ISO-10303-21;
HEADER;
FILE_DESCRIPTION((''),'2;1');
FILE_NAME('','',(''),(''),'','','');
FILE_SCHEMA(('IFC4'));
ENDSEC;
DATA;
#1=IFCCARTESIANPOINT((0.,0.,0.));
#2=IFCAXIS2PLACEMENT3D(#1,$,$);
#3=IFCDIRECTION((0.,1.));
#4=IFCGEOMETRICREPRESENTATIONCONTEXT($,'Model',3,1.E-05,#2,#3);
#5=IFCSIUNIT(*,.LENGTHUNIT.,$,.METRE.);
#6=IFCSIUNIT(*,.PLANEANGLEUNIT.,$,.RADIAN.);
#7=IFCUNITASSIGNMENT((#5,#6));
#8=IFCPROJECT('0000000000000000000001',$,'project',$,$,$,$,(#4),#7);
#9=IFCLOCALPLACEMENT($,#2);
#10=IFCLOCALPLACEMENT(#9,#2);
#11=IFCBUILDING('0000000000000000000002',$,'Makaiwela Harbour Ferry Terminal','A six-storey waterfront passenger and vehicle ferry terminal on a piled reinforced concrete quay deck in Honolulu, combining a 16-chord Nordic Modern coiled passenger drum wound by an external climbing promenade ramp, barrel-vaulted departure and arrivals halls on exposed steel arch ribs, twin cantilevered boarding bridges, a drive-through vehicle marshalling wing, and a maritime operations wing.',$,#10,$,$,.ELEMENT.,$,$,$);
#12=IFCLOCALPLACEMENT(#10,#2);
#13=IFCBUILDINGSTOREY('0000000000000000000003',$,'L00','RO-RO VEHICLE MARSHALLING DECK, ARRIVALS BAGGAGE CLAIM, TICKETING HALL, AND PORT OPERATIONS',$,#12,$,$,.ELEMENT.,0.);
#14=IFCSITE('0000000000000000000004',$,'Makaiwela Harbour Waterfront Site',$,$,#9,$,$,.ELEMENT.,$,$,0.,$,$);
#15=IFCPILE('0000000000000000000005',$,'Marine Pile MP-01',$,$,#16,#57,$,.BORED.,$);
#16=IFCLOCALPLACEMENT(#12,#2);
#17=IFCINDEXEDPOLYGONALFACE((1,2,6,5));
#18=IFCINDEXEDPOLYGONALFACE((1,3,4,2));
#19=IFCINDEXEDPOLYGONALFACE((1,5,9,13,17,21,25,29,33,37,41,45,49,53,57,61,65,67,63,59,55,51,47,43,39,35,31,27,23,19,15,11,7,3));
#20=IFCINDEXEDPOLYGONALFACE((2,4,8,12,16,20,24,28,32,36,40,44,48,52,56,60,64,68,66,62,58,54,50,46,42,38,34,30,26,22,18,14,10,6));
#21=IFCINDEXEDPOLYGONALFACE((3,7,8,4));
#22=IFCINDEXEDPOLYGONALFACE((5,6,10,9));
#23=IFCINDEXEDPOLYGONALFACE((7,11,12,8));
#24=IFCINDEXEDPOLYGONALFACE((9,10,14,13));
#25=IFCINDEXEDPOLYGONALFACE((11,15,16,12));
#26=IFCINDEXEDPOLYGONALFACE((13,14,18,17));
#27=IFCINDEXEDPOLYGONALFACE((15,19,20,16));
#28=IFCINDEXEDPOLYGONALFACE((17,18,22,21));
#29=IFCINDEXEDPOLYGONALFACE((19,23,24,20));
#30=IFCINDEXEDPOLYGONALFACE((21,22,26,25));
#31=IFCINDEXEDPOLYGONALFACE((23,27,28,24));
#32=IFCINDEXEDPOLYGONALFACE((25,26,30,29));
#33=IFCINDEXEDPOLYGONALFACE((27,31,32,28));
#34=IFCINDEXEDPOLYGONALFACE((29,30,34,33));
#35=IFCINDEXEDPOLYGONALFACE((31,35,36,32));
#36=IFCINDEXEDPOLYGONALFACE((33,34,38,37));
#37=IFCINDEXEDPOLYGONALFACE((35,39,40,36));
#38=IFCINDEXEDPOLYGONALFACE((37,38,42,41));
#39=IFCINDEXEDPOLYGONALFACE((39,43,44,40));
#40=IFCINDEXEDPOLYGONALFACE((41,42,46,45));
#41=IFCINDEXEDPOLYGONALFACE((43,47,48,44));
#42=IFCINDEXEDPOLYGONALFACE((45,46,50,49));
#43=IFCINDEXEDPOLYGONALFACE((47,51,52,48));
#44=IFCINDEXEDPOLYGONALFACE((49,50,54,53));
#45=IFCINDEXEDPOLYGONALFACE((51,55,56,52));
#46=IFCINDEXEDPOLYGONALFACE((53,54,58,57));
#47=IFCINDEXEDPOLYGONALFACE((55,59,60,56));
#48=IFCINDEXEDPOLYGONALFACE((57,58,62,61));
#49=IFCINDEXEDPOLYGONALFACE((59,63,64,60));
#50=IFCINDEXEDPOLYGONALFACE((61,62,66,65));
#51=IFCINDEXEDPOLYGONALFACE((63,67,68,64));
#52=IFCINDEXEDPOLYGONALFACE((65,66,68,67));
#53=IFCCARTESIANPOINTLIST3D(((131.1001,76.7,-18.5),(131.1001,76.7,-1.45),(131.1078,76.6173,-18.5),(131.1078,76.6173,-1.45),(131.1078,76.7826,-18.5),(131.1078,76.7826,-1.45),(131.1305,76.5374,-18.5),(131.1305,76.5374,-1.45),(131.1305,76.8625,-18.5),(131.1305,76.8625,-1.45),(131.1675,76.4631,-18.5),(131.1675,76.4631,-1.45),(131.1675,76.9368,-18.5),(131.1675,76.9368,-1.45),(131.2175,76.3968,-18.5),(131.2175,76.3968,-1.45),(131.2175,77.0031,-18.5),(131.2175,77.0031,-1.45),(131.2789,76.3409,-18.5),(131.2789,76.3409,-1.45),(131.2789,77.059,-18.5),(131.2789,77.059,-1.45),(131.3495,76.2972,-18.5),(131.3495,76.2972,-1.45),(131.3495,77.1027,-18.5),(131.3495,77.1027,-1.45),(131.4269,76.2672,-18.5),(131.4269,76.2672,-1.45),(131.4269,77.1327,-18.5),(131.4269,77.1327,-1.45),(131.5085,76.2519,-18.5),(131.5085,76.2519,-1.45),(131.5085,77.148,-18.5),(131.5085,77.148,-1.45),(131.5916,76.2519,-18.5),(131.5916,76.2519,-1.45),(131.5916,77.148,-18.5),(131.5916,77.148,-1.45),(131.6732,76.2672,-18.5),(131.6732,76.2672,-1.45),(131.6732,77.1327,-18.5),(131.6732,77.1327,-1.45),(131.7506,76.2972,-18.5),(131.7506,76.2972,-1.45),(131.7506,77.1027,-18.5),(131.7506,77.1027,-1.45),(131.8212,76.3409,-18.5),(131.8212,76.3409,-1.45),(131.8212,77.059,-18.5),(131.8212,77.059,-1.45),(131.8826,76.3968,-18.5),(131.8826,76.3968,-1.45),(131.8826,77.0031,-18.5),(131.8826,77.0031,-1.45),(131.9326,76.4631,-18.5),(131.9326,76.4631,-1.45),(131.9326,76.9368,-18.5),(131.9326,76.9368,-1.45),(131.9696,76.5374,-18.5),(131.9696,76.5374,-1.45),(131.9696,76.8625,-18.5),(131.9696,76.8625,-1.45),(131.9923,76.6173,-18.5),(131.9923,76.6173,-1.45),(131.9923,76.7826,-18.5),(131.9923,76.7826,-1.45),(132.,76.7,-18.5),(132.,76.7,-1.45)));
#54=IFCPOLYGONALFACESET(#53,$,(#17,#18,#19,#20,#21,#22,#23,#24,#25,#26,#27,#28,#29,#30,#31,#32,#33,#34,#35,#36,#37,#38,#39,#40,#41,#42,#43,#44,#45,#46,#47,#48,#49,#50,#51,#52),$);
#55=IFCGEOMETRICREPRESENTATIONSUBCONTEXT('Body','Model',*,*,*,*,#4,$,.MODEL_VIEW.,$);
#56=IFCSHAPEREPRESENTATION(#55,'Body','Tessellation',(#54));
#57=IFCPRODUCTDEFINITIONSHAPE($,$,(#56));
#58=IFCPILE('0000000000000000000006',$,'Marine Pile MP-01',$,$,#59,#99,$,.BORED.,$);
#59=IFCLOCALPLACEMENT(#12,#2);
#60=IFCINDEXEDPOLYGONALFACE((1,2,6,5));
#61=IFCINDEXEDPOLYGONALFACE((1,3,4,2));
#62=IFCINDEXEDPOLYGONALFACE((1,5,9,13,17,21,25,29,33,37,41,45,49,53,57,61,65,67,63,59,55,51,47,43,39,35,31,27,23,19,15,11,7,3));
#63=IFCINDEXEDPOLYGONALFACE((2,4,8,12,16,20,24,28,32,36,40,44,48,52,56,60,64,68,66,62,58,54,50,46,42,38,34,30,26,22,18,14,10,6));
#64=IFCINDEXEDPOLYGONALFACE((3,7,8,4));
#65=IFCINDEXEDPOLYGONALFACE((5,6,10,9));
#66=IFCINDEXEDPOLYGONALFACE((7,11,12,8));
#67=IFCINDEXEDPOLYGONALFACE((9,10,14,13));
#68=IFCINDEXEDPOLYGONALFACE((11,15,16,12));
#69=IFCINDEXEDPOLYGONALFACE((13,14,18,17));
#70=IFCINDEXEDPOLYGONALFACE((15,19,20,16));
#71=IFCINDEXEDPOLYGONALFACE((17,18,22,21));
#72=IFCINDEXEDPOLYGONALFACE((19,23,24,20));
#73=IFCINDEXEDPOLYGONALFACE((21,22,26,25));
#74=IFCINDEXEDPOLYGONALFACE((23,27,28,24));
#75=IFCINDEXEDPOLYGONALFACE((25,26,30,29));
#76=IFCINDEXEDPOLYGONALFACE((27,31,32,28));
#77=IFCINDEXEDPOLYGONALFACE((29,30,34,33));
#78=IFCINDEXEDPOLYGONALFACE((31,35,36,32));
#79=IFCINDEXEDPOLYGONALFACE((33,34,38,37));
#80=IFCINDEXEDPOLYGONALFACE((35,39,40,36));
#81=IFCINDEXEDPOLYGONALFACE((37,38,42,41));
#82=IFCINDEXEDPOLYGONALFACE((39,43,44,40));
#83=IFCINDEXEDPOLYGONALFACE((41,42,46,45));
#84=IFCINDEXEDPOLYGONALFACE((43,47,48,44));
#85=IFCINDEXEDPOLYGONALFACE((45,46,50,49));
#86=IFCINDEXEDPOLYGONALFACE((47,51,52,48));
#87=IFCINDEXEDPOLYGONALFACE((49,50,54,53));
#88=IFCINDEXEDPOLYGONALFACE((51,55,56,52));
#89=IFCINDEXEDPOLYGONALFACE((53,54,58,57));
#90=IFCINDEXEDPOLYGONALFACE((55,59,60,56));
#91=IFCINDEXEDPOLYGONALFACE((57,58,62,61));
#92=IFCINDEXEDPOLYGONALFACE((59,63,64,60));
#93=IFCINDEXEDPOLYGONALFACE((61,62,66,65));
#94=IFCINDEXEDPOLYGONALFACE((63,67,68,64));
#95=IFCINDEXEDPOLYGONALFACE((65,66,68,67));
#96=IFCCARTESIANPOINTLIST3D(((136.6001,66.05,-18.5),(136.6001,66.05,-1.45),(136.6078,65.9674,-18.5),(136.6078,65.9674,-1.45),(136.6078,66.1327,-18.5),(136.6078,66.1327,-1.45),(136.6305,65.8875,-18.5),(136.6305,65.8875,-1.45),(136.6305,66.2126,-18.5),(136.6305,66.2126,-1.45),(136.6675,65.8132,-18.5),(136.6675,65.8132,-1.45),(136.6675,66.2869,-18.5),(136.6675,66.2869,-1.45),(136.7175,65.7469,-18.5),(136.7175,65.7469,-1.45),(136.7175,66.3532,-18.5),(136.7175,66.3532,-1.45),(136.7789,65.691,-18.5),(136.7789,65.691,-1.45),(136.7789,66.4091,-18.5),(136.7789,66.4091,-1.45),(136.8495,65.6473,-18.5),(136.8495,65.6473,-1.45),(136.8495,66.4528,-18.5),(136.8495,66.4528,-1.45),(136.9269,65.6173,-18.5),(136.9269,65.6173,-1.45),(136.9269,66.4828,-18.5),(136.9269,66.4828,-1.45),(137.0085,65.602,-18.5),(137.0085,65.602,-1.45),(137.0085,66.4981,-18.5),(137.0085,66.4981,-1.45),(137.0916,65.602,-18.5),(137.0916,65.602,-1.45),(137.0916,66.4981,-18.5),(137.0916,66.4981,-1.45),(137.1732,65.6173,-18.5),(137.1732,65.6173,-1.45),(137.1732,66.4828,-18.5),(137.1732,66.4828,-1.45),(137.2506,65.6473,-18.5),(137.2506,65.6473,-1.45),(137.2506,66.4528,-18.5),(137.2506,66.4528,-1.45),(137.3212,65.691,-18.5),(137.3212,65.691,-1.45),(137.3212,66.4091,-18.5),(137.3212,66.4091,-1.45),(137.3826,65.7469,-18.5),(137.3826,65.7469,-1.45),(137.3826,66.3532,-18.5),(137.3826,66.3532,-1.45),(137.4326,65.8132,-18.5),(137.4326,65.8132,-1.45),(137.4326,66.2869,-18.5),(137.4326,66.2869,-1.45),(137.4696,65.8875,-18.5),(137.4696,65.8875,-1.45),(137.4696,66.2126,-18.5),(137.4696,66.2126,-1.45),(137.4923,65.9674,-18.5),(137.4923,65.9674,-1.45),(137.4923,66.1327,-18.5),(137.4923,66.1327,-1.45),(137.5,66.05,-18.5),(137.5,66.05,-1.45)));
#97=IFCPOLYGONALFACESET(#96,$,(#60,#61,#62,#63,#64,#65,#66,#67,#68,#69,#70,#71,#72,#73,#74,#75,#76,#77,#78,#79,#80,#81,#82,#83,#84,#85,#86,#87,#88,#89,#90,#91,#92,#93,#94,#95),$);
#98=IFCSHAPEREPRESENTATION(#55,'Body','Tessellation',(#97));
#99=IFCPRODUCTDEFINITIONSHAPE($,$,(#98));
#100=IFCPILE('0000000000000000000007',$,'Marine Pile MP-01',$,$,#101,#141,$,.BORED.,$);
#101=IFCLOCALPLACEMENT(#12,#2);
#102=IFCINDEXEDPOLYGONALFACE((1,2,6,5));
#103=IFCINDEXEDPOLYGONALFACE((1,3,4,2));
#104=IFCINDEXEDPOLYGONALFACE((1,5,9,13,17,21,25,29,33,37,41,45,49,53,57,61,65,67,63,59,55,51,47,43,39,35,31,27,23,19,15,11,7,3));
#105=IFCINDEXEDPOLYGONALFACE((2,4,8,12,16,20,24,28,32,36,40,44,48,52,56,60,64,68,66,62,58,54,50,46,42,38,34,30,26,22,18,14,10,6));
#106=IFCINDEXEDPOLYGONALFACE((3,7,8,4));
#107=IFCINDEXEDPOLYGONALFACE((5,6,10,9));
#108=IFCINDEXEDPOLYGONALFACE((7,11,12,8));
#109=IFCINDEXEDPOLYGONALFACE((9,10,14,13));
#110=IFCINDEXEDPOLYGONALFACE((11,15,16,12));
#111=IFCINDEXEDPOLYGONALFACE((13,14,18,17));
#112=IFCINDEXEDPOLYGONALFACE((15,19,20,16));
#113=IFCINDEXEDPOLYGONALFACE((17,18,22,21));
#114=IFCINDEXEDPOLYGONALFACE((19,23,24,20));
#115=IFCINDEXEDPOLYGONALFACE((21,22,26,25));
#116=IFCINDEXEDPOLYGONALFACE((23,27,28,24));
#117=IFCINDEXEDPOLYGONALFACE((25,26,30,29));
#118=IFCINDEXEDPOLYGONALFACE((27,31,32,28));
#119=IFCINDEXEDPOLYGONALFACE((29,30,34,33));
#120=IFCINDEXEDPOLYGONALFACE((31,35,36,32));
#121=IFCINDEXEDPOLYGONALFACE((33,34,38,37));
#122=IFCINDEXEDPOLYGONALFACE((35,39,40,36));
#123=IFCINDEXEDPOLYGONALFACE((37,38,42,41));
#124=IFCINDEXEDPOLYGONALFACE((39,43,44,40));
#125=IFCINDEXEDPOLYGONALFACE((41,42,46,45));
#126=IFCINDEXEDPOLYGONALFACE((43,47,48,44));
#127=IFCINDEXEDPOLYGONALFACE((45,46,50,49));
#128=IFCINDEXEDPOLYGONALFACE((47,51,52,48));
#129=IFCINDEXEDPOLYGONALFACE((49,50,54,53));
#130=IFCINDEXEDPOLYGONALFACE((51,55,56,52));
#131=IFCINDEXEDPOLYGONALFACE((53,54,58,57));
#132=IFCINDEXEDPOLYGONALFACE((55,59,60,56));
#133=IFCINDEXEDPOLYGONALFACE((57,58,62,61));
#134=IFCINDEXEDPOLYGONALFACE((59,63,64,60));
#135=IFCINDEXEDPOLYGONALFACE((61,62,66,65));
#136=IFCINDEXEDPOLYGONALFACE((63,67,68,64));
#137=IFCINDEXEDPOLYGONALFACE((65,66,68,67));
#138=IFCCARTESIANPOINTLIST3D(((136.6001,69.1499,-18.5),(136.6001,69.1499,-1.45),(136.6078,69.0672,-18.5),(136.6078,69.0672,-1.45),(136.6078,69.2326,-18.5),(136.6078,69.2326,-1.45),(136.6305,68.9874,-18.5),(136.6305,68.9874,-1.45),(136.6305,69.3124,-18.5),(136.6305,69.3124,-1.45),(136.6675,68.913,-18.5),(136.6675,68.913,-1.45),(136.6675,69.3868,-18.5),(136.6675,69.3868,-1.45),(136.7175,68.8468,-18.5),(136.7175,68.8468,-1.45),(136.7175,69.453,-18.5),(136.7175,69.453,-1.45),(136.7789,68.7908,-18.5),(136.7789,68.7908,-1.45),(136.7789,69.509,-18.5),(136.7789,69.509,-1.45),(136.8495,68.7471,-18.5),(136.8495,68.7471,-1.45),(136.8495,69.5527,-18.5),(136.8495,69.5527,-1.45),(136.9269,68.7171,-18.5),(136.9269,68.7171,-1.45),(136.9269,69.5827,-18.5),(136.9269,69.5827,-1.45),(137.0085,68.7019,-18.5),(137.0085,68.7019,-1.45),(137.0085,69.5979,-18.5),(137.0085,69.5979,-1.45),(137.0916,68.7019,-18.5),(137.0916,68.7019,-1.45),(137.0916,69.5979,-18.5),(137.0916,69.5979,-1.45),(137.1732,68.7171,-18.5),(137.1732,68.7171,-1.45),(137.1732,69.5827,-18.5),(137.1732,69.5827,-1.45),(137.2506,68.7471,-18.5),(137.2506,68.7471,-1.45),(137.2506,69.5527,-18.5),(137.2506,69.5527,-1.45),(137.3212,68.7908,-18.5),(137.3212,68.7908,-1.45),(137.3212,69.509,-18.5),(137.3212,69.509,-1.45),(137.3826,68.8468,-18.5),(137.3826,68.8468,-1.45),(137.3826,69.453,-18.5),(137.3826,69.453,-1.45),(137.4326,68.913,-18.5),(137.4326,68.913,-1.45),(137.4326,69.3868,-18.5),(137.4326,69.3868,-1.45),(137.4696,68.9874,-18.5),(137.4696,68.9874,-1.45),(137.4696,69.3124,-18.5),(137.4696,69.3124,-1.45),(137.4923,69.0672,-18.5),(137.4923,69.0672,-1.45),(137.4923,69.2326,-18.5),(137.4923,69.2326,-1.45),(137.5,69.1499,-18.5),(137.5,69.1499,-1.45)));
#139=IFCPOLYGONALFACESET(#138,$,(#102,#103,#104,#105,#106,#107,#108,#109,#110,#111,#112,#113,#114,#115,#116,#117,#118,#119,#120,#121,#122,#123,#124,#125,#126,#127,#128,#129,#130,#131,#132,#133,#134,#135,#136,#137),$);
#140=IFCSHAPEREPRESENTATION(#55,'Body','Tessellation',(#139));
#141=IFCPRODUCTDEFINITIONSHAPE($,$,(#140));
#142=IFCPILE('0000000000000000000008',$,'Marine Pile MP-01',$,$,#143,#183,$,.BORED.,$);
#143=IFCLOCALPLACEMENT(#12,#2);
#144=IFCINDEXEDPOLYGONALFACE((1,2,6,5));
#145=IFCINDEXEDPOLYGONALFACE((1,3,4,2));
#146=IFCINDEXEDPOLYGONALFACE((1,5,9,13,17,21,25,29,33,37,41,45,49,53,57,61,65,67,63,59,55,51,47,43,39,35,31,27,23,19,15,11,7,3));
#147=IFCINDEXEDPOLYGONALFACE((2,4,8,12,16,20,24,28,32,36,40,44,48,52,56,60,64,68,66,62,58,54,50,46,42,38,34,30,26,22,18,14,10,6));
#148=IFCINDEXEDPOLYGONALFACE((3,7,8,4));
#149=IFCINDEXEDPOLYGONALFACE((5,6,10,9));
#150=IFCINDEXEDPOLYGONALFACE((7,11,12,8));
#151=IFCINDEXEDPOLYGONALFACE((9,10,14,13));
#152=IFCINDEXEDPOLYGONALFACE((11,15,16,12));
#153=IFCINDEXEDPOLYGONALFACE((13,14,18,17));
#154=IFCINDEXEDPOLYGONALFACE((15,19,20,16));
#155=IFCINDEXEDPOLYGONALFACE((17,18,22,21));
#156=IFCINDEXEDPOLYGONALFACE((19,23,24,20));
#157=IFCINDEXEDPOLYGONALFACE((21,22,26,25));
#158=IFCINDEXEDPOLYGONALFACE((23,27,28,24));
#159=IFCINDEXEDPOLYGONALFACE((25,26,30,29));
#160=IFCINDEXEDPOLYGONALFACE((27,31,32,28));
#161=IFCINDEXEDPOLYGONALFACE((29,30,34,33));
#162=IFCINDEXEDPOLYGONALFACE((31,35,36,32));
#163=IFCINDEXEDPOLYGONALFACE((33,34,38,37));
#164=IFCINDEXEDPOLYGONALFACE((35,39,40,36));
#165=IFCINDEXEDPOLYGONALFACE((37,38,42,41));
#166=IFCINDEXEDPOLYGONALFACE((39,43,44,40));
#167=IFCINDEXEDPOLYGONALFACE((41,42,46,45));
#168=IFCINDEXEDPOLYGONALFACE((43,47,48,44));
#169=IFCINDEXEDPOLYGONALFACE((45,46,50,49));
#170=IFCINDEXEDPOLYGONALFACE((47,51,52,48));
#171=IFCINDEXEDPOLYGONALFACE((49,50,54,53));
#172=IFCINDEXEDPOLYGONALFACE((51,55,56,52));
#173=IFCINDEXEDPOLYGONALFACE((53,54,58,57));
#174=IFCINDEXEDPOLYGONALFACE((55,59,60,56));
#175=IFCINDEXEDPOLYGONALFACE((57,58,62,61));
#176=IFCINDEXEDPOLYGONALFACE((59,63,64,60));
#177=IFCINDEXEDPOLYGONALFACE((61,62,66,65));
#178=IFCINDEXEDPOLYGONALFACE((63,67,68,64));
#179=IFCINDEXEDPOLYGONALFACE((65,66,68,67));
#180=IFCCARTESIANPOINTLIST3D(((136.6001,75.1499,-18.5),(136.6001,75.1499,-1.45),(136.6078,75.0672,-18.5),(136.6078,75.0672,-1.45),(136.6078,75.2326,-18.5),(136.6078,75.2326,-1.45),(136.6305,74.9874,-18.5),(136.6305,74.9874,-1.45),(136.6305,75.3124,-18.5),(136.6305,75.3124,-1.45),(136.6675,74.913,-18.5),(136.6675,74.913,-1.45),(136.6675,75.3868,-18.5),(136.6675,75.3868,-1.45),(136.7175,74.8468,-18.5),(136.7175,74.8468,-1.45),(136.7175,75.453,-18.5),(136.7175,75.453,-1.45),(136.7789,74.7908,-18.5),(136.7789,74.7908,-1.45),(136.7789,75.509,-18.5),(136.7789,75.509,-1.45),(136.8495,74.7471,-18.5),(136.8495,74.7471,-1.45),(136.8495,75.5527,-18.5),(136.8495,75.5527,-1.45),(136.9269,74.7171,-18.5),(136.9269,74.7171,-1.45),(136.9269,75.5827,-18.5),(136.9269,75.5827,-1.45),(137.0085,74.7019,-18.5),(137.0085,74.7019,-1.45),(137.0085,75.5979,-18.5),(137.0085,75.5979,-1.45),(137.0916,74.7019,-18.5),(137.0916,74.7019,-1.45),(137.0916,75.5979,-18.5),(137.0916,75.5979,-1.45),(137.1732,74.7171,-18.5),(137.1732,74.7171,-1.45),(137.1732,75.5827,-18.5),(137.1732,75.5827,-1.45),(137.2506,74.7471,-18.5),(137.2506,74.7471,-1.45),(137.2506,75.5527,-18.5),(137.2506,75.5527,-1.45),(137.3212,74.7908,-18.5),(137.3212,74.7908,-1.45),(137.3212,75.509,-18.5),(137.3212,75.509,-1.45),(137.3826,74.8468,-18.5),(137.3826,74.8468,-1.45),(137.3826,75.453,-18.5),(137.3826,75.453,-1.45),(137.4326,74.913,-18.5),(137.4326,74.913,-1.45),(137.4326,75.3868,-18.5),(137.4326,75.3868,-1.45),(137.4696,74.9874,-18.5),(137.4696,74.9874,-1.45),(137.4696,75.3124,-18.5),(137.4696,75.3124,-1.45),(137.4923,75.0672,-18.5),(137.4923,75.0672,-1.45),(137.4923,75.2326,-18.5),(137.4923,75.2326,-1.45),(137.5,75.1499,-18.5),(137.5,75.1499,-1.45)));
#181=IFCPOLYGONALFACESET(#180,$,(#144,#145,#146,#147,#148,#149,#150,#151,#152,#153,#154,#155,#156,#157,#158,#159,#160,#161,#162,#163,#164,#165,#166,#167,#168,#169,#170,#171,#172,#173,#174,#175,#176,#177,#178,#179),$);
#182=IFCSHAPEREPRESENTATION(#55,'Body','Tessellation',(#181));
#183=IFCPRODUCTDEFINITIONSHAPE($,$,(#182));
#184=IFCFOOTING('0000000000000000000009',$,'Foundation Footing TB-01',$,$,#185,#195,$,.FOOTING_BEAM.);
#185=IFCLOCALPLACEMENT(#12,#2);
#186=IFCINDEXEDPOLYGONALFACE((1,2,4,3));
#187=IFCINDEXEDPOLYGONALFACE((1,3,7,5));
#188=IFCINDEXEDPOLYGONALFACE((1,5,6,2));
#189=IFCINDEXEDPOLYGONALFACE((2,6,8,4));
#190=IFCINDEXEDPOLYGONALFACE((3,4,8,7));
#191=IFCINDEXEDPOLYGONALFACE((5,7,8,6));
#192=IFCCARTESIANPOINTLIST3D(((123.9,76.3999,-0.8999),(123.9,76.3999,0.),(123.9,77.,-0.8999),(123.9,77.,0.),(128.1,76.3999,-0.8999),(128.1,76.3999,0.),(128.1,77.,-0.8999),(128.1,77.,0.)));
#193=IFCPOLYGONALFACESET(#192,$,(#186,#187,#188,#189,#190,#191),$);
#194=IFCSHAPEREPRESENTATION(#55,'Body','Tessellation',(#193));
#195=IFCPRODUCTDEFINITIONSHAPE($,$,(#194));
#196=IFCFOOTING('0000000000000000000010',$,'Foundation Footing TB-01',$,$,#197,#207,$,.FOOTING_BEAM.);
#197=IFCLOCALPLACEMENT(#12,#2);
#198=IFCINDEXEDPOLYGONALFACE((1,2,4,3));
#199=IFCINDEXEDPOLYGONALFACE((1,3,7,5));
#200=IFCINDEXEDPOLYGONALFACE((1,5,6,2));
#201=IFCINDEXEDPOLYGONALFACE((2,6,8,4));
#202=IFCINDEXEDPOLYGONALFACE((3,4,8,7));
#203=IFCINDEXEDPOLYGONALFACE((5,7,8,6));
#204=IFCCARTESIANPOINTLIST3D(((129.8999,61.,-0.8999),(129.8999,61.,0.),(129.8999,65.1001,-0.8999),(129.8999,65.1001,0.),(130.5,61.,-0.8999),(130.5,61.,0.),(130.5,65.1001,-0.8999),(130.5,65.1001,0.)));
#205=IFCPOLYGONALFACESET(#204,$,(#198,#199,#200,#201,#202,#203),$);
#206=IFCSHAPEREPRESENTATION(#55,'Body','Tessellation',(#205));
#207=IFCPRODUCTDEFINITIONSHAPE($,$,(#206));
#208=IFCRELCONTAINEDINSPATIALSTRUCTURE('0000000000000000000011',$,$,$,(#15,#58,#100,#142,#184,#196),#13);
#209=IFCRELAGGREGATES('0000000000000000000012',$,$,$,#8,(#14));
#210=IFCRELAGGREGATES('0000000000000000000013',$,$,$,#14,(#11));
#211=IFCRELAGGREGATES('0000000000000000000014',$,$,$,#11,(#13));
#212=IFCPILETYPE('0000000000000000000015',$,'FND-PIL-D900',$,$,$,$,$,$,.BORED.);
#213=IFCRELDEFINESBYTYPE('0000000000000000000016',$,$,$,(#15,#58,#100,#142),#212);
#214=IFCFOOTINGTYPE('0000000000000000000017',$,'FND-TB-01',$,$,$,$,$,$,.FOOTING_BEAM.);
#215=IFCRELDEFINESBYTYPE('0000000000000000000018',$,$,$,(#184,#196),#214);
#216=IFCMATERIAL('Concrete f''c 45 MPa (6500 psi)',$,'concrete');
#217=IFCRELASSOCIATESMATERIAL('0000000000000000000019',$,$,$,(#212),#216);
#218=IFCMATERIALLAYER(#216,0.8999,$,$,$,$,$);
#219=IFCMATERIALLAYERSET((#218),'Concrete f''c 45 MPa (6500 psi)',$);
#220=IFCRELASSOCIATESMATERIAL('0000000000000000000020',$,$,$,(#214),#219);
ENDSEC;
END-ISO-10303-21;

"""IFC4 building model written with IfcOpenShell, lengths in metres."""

from ifc_helpers import new_model, si_unit, direction, frame, origin, origin_2d, place, context, subcontext, project, spatial, rectangle, circle, extrude, material, layer, layer_set, material_profile, profile_set, type_object, element, save


model = new_model("IFC4")

# Units and contexts
model_context = context("Model", 3, precision=1e-05, world=origin(), true_north=direction((0.0, 1.0)))
body_context = subcontext(model_context, "Body", "Model", "MODEL_VIEW")
ifc_project = project(units=[si_unit("LENGTHUNIT", "METRE"), si_unit("PLANEANGLEUNIT", "RADIAN")], contexts=[model_context])

# Site, building, storey
site_placement = place(None, origin())
site = spatial("IfcSite", under=ifc_project, at=site_placement, Name="Makaiwela Harbour Waterfront Site", CompositionType="ELEMENT", RefElevation=0.0)
building_placement = place(site_placement, origin())
building = spatial("IfcBuilding", under=site, at=building_placement, Name="Makaiwela Harbour Ferry Terminal", Description="A six-storey waterfront passenger and vehicle ferry terminal on a piled reinforced concrete quay deck in Honolulu, combining a 16-chord Nordic Modern coiled passenger drum wound by an external climbing promenade ramp, barrel-vaulted departure and arrivals halls on exposed steel arch ribs, twin cantilevered boarding bridges, a drive-through vehicle marshalling wing, and a maritime operations wing.", CompositionType="ELEMENT")
storey_placement = place(building_placement, origin())
storey = spatial("IfcBuildingStorey", under=building, at=storey_placement, Name="L00", Description="RO-RO VEHICLE MARSHALLING DECK, ARRIVALS BAGGAGE CLAIM, TICKETING HALL, AND PORT OPERATIONS", CompositionType="ELEMENT", Elevation=0.0)

# Shared definitions
ifc_material_1 = material(Name="Concrete f'c 45 MPa (6500 psi)", Category="concrete")

# Piles
ifc_material_profile_1 = material_profile(ifc_material_1, circle(Radius=0.45, at=origin_2d()), Name="PILE-D900")
ifc_profile_set_1 = profile_set([ifc_material_profile_1], Name="Concrete f'c 45 MPa (6500 psi)")
pile_type = type_object("IfcPileType", Name="FND-PIL-D900", PredefinedType="BORED", material=ifc_profile_set_1)
for number, where, z_axis, x_axis, name in (
    (1, (131.55, 76.7, -1.45), (0.0, 0.0, -1.0), (1.0, 0.0, 0.0), "Marine Pile MP-01"),
    (2, (137.05, 66.05, -1.45), (0.0, 0.0, -1.0), (1.0, 0.0, 0.0), "Marine Pile MP-01"),
    (3, (137.05, 69.1499, -1.45), (0.0, 0.0, -1.0), (1.0, 0.0, 0.0), "Marine Pile MP-01"),
    (4, (137.05, 75.1499, -1.45), (0.0, 0.0, -1.0), (1.0, 0.0, 0.0), "Marine Pile MP-01"),
):
    element("IfcPile", number, at=place(storey_placement, frame(where, z_axis=z_axis, x_axis=x_axis)), inside=storey, type_object=pile_type, Name=name, PredefinedType="BORED", context=body_context, shape_type="SweptSolid", body=[
        extrude(circle(Radius=0.45, at=origin_2d()), origin(), (0.0, 0.0, 1.0), 17.05),
    ])

# Footings
ifc_layer_1 = layer(ifc_material_1, 0.8999)
ifc_layer_set_1 = layer_set([ifc_layer_1], Name="Concrete f'c 45 MPa (6500 psi)")
footing_type_1 = type_object("IfcFootingType", Name="FND-TB-01", PredefinedType="FOOTING_BEAM", material=ifc_layer_set_1)
footing_1_placement = place(storey_placement, frame((126.0, 76.7, -0.8999), z_axis=(0.0, 0.0, 1.0), x_axis=(1.0, 0.0, 0.0)))
element("IfcFooting", 5, at=footing_1_placement, inside=storey, type_object=footing_type_1, Name="Foundation Footing TB-01", PredefinedType="FOOTING_BEAM", context=body_context, shape_type="SweptSolid", body=[
    extrude(rectangle(XDim=4.2, YDim=0.6001, at=origin_2d()), origin(), (0.0, 0.0, 1.0), 0.8999),
])
footing_2_placement = place(storey_placement, frame((130.2, 63.05, -0.8999), z_axis=(0.0, 0.0, 1.0), x_axis=(0.0, 1.0, 0.0)))
element("IfcFooting", 6, at=footing_2_placement, inside=storey, type_object=footing_type_1, Name="Foundation Footing TB-01", PredefinedType="FOOTING_BEAM", context=body_context, shape_type="SweptSolid", body=[
    extrude(rectangle(XDim=4.1001, YDim=0.6001, at=origin_2d()), origin(), (0.0, 0.0, 1.0), 0.8999),
])

save(model, "model.ifc")
